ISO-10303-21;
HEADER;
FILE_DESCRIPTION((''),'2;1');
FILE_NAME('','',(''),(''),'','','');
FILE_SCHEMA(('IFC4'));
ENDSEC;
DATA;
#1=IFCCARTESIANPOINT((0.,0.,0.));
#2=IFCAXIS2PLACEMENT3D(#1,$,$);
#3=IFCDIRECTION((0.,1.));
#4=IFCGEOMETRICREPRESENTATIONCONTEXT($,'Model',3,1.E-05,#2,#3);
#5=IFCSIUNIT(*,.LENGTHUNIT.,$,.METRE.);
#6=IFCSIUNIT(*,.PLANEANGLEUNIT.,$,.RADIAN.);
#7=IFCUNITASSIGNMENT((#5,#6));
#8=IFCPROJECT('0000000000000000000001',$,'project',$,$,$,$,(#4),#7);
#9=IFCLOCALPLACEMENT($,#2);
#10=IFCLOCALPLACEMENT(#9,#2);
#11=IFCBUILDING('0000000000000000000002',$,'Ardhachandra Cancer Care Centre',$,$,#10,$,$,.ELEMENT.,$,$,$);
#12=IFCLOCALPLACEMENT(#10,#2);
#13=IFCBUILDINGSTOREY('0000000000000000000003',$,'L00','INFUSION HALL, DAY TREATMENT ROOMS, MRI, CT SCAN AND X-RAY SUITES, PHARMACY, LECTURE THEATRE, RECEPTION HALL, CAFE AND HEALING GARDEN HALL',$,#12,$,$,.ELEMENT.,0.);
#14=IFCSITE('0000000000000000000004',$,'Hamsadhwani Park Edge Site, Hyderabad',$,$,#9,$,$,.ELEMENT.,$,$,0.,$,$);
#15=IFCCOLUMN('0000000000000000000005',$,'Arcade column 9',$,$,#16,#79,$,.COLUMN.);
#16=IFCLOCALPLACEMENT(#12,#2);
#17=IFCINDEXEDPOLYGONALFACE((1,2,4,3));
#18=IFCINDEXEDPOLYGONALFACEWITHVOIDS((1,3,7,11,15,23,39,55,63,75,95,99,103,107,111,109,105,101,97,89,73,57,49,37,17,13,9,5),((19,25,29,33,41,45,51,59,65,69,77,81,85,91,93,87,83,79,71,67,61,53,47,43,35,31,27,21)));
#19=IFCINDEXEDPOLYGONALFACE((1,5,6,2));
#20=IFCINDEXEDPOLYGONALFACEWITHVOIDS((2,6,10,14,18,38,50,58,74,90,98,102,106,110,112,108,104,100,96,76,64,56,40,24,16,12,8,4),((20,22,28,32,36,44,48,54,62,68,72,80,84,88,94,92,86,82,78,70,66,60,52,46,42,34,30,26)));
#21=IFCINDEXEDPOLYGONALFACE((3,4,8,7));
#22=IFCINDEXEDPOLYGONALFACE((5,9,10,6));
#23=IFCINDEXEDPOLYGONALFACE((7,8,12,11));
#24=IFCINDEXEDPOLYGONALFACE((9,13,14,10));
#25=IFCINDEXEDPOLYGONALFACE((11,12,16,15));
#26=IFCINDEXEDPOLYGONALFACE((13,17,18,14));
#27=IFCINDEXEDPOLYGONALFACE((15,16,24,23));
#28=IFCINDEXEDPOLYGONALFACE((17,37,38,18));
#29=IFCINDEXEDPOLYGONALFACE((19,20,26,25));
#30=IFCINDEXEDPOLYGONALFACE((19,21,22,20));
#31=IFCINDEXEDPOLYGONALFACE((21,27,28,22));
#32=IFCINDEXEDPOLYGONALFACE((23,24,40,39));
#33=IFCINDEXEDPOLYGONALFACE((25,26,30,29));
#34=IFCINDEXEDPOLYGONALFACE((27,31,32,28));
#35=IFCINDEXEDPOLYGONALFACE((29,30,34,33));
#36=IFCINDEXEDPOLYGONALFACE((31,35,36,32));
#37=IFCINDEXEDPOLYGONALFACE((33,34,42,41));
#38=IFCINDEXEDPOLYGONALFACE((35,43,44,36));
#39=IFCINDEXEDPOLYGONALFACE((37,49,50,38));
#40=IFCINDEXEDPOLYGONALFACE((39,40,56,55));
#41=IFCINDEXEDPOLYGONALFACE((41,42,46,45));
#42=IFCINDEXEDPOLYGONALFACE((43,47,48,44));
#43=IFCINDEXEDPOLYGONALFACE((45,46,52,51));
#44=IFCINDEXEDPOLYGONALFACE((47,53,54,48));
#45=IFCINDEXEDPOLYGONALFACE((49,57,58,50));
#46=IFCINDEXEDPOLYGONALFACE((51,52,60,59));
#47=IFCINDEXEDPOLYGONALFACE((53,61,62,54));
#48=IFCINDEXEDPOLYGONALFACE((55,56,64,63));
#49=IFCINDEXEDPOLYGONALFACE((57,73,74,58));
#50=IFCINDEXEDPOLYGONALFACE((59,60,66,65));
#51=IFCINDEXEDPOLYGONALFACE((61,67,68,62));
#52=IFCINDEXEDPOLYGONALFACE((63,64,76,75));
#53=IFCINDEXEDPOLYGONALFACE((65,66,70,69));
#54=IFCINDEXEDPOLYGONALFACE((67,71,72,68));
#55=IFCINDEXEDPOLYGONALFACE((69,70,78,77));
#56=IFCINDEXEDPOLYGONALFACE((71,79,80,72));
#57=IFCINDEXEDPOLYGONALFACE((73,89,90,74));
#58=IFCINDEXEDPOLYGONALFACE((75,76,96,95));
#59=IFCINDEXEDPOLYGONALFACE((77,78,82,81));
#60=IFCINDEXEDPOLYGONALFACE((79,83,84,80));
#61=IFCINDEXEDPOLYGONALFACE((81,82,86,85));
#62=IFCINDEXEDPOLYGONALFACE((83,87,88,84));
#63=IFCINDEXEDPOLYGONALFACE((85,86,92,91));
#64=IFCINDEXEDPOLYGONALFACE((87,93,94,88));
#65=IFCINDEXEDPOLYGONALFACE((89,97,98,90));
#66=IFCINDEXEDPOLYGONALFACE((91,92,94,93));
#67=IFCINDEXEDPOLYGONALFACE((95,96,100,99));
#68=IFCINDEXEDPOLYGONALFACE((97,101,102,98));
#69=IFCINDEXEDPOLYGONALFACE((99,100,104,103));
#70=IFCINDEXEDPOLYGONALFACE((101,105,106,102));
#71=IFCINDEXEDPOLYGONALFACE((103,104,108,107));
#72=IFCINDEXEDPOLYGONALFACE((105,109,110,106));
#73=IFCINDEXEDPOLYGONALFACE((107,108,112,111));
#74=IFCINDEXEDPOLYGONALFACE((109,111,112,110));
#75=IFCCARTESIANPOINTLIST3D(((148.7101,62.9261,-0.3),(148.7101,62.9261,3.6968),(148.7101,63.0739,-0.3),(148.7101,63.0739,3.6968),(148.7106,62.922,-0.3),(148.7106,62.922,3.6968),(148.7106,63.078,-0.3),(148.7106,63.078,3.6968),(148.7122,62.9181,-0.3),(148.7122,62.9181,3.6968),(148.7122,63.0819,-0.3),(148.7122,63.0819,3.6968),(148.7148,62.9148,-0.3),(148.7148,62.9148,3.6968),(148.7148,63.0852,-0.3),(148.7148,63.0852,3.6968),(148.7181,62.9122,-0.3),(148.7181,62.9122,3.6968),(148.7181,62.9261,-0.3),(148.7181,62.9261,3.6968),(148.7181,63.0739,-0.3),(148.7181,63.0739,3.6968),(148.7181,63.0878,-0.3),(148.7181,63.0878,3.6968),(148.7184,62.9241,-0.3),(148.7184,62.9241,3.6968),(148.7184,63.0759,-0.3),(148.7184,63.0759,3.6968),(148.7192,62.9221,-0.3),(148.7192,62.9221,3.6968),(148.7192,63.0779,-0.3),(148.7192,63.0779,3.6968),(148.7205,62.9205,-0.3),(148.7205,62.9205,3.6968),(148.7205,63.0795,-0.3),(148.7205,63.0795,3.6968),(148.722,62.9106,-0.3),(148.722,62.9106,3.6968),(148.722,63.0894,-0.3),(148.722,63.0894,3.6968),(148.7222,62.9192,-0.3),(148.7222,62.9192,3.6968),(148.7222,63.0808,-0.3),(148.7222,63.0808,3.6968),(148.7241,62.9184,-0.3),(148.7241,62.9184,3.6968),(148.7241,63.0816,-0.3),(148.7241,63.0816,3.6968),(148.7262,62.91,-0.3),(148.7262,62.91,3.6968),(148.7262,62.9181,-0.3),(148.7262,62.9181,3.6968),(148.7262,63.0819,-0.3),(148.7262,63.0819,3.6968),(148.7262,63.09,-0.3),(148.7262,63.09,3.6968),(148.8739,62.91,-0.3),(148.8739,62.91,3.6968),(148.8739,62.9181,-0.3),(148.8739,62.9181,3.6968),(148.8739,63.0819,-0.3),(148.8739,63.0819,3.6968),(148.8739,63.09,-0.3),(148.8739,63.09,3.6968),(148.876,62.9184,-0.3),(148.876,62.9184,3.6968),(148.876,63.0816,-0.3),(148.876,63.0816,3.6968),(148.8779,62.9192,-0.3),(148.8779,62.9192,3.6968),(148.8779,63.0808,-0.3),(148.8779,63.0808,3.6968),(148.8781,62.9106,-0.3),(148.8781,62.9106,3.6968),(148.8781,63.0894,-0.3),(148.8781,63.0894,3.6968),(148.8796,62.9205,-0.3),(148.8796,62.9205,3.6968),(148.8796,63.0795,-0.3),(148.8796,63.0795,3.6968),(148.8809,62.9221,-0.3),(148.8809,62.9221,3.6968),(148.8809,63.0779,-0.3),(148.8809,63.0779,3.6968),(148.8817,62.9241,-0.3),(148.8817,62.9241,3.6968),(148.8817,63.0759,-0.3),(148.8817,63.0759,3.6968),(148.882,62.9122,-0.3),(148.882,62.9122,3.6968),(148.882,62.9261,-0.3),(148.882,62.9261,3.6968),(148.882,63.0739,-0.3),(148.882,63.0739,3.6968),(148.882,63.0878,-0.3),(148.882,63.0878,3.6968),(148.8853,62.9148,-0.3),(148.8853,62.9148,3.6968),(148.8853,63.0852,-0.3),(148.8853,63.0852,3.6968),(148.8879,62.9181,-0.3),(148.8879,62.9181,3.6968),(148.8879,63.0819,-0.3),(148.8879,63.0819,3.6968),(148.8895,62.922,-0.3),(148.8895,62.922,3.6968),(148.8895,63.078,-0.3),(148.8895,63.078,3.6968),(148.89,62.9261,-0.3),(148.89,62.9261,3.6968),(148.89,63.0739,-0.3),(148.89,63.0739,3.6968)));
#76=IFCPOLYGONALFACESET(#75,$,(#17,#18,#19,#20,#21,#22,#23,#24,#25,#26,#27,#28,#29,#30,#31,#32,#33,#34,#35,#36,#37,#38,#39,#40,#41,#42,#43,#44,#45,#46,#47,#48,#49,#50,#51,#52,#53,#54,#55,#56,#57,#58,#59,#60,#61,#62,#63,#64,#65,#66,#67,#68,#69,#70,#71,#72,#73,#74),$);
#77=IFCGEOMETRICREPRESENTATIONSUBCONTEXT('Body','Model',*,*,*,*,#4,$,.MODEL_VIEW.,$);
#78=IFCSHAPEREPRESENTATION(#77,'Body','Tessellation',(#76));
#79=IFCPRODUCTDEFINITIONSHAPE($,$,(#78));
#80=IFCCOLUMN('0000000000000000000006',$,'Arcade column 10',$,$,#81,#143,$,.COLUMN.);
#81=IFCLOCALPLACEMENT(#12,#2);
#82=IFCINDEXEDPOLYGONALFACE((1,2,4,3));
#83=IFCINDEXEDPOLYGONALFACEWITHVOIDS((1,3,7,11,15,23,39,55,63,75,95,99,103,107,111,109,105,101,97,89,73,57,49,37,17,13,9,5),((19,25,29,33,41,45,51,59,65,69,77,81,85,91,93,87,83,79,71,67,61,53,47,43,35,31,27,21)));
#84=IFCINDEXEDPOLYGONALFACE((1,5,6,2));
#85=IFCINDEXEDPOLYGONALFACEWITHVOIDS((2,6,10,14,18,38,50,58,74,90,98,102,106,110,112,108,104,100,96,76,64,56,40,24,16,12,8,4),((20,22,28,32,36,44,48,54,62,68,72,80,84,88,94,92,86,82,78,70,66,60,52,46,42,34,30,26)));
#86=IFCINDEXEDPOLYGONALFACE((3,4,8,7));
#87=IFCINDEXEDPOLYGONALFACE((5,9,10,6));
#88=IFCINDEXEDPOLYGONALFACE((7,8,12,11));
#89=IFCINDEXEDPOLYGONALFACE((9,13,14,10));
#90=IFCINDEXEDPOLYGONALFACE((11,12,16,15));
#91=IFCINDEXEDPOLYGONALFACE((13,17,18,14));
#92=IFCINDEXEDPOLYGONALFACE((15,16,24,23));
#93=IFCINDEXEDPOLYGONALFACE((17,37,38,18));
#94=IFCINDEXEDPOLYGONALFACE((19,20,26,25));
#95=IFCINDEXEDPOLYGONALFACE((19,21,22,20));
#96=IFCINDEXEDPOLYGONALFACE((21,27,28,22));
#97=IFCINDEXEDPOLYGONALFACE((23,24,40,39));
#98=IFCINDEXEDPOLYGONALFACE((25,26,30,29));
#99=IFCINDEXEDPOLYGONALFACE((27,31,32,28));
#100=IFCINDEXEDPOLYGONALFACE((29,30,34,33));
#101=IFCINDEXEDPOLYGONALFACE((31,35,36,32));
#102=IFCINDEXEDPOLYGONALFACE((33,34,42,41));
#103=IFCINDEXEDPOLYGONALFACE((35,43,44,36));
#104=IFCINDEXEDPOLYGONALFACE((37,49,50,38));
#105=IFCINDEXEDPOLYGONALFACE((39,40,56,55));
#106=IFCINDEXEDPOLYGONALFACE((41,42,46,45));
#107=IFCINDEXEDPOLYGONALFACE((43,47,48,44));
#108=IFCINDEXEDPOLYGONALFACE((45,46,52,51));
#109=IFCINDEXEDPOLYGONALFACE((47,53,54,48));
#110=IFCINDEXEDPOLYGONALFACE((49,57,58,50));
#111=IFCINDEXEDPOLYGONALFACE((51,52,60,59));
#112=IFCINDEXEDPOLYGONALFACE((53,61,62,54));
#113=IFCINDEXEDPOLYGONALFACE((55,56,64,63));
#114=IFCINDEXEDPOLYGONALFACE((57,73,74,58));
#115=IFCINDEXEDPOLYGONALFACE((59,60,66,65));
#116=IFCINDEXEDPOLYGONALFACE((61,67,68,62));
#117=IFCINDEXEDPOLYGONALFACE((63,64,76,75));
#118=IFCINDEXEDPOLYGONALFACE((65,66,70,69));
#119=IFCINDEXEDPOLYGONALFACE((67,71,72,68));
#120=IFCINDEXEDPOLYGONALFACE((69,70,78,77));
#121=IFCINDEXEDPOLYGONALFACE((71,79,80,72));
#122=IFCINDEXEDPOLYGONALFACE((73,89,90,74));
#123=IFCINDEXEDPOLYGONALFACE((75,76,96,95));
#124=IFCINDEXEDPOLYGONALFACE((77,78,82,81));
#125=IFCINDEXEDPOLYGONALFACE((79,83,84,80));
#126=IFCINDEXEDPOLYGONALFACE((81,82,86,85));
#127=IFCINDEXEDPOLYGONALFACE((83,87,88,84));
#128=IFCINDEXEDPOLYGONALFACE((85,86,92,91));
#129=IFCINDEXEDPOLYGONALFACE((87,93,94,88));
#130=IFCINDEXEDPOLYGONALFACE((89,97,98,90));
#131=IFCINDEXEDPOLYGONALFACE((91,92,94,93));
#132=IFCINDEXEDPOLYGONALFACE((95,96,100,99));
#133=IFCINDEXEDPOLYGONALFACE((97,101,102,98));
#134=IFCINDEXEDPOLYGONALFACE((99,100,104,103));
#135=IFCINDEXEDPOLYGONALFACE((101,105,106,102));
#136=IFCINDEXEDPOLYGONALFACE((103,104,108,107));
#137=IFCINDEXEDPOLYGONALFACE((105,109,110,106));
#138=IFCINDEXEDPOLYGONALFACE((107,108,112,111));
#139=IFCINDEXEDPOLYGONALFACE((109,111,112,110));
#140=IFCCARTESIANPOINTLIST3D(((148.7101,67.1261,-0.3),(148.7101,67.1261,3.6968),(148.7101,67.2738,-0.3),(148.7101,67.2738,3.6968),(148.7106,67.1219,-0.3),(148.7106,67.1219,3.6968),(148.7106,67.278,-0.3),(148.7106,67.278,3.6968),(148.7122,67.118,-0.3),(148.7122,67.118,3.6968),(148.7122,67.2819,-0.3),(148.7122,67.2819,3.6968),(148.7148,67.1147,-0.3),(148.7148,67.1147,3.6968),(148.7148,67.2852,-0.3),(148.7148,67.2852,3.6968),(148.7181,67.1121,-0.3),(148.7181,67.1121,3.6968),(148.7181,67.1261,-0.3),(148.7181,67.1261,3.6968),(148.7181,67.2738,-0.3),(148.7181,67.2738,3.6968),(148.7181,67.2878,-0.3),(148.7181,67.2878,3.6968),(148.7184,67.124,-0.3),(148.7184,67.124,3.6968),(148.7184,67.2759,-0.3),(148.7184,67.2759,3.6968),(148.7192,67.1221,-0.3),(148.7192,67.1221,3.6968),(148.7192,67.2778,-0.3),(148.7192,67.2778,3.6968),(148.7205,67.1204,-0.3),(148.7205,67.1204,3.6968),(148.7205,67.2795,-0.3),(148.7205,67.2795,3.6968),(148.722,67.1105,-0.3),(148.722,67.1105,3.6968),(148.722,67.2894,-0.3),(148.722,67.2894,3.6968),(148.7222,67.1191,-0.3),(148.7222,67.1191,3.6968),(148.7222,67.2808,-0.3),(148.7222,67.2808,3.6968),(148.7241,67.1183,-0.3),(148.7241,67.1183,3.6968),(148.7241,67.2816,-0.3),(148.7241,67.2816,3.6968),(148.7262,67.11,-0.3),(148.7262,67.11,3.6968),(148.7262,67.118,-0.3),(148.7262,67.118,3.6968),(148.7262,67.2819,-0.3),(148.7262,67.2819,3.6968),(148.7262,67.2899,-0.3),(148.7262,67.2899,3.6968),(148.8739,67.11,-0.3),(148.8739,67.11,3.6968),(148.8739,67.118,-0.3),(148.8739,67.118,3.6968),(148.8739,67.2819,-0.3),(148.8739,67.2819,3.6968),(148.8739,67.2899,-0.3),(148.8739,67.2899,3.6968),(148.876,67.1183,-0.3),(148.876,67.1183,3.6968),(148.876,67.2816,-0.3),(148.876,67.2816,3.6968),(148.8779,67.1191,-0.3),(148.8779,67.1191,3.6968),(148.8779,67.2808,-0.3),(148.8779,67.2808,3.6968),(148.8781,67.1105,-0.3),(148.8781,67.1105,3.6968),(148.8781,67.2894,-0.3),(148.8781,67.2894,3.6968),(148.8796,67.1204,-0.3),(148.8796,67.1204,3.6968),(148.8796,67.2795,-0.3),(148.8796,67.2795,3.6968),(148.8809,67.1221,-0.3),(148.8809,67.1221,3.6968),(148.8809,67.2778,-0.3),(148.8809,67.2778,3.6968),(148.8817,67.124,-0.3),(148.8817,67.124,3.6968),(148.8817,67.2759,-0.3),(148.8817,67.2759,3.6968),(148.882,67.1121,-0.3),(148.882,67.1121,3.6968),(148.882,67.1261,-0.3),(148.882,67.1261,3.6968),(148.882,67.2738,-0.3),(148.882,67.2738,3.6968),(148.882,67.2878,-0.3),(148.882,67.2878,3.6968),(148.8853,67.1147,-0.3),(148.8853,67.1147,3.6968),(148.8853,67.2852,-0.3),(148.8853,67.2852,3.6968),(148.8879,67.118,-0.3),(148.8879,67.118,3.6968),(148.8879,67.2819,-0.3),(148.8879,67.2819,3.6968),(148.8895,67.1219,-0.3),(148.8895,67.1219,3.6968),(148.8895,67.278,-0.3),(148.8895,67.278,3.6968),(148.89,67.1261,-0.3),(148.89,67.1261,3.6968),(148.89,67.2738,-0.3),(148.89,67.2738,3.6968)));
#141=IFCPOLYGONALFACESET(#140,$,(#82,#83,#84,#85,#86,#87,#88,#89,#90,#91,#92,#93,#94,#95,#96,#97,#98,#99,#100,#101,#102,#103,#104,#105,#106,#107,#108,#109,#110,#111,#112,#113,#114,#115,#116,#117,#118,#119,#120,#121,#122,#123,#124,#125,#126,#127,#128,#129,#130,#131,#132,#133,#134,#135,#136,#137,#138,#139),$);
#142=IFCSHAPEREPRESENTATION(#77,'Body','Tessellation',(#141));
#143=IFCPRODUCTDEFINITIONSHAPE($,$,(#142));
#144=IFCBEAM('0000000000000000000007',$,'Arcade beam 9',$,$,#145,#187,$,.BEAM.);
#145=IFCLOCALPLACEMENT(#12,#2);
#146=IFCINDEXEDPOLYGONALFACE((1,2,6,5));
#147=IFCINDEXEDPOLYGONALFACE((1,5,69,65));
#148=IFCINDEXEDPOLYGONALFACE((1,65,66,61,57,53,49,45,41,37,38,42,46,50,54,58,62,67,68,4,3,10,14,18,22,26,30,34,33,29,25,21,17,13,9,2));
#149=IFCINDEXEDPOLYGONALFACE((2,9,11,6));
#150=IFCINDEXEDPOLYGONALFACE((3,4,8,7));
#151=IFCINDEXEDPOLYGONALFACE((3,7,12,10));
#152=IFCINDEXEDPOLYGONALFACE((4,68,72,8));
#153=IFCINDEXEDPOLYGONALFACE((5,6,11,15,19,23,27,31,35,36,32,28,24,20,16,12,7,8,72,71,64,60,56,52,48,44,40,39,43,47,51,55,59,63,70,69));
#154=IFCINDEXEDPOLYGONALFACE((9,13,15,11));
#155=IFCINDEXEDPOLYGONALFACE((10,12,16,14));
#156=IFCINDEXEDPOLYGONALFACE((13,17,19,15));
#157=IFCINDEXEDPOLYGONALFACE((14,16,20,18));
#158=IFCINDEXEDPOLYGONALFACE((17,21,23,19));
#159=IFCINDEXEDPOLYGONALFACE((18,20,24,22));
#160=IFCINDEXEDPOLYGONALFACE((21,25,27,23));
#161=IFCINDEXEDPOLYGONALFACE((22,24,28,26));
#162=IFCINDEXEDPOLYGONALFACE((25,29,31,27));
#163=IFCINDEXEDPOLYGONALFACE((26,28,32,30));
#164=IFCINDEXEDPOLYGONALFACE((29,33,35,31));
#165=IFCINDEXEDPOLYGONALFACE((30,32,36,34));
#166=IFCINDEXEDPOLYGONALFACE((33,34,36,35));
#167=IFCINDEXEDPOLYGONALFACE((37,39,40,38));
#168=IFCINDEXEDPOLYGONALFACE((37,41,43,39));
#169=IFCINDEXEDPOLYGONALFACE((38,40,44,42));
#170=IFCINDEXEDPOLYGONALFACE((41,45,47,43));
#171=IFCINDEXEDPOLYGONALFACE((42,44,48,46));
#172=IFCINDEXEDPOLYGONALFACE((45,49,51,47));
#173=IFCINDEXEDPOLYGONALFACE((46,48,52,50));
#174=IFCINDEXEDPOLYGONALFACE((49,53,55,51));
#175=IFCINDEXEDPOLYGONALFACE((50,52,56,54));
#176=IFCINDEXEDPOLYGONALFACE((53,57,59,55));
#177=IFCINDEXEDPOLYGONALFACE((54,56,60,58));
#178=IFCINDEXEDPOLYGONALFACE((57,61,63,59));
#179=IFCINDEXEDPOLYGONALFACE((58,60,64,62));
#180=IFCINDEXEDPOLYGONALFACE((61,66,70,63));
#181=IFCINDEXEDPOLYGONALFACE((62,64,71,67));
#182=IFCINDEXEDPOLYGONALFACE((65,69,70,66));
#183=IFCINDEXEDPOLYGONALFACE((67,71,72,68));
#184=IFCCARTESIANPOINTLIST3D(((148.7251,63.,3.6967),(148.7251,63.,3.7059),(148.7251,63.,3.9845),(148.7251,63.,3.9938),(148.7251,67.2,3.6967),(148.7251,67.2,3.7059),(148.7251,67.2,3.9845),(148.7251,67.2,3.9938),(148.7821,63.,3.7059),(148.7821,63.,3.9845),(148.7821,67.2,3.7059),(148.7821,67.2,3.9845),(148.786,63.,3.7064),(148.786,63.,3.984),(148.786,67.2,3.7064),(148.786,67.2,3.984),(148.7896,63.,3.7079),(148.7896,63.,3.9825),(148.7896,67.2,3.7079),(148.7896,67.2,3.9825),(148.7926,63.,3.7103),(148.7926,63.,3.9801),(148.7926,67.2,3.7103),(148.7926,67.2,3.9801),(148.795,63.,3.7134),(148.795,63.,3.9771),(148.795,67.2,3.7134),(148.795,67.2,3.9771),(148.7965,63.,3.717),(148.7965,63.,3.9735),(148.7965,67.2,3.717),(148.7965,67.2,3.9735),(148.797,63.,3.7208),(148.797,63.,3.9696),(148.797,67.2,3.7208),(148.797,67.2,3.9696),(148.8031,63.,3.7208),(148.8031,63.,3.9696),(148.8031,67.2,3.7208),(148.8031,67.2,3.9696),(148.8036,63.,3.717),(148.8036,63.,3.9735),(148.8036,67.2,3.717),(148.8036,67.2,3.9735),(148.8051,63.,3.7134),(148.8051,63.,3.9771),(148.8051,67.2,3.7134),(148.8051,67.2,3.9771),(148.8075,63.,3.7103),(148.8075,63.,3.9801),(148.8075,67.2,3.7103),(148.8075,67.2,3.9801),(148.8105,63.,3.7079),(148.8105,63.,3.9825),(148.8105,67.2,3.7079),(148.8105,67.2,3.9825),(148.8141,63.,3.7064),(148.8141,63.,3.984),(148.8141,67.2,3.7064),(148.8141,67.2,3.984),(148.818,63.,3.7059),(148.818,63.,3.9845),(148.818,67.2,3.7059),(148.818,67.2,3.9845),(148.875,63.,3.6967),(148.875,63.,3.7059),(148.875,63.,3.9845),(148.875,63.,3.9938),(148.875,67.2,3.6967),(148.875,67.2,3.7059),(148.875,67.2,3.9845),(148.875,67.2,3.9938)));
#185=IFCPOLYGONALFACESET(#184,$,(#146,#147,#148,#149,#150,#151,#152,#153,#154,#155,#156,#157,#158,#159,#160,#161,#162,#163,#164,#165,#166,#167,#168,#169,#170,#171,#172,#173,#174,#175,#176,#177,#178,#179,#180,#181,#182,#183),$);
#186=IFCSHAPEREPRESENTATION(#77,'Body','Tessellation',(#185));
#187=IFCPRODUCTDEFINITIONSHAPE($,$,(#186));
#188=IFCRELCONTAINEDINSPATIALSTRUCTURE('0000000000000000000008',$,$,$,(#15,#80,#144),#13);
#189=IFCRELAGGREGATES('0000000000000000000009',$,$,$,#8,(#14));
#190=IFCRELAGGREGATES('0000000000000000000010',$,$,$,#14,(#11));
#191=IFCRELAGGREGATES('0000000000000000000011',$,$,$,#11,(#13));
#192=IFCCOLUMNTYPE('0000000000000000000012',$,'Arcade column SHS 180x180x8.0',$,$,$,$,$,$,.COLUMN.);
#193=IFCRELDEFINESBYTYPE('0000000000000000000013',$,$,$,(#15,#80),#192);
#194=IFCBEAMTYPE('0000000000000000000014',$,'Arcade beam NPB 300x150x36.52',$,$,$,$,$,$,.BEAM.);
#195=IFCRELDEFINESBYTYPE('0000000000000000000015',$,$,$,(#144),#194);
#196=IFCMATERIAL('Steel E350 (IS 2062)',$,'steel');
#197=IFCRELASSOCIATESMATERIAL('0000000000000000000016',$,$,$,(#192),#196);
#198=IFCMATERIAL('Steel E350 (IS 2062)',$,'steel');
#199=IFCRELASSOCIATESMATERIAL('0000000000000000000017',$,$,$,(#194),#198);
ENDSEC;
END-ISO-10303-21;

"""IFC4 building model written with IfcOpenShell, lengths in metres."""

from ifc_helpers import new_model, si_unit, direction, frame, origin, origin_2d, place, context, subcontext, project, spatial, hollow_rectangle, i_section, extrude, material, material_profile, profile_set, type_object, element, save


model = new_model("IFC4")

# Units and contexts
model_context = context("Model", 3, precision=1e-05, world=origin(), true_north=direction((0.0, 1.0)))
body_context = subcontext(model_context, "Body", "Model", "MODEL_VIEW")
ifc_project = project(units=[si_unit("LENGTHUNIT", "METRE"), si_unit("PLANEANGLEUNIT", "RADIAN")], contexts=[model_context])

# Site, building, storey
site_placement = place(None, origin())
site = spatial("IfcSite", under=ifc_project, at=site_placement, Name="Hamsadhwani Park Edge Site, Hyderabad", CompositionType="ELEMENT", RefElevation=0.0)
building_placement = place(site_placement, origin())
building = spatial("IfcBuilding", under=site, at=building_placement, Name="Ardhachandra Cancer Care Centre", CompositionType="ELEMENT")
storey_placement = place(building_placement, origin())
storey = spatial("IfcBuildingStorey", under=building, at=storey_placement, Name="L00", Description="INFUSION HALL, DAY TREATMENT ROOMS, MRI, CT SCAN AND X-RAY SUITES, PHARMACY, LECTURE THEATRE, RECEPTION HALL, CAFE AND HEALING GARDEN HALL", CompositionType="ELEMENT", Elevation=0.0)

# Columns
ifc_material_1 = material(Name="Steel E350 (IS 2062)", Category="steel")
ifc_material_profile_1 = material_profile(ifc_material_1, hollow_rectangle(XDim=0.1799, YDim=0.1799, WallThickness=0.0081, InnerFilletRadius=0.0081, OuterFilletRadius=0.0161, at=origin_2d()), Name="SHS 180x180x8.0")
ifc_profile_set_1 = profile_set([ifc_material_profile_1], Name="Steel E350 (IS 2062)")
column_type = type_object("IfcColumnType", Name="Arcade column SHS 180x180x8.0", PredefinedType="COLUMN", material=ifc_profile_set_1)
for number, where, z_axis, x_axis, name in (
    (1, (148.8, 63.0, -0.3), (0.0, 0.0, 1.0), (1.0, 0.0, 0.0), "Arcade column 9"),
    (2, (148.8, 67.2, -0.3), (0.0, 0.0, 1.0), (1.0, 0.0, 0.0), "Arcade column 10"),
):
    element("IfcColumn", number, at=place(storey_placement, frame(where, z_axis=z_axis, x_axis=x_axis)), inside=storey, type_object=column_type, Name=name, PredefinedType="COLUMN", context=body_context, shape_type="SweptSolid", body=[
        extrude(hollow_rectangle(XDim=0.1799, YDim=0.1799, WallThickness=0.0081, InnerFilletRadius=0.0081, OuterFilletRadius=0.0161, at=origin_2d()), origin(), (0.0, 0.0, 1.0), 3.9968),
    ])

# Beam
ifc_material_2 = material(Name="Steel E350 (IS 2062)", Category="steel")
ifc_material_profile_2 = material_profile(ifc_material_2, i_section(OverallWidth=0.1499, OverallDepth=0.2971, WebThickness=0.0061, FlangeThickness=0.0093, FilletRadius=0.0149, at=origin_2d()), Name="NPB 300x150x36.52")
ifc_profile_set_2 = profile_set([ifc_material_profile_2], Name="Steel E350 (IS 2062)")
beam_type_1 = type_object("IfcBeamType", Name="Arcade beam NPB 300x150x36.52", PredefinedType="BEAM", material=ifc_profile_set_2)
for number, where, z_axis, x_axis, name in (
    (3, (148.8, 63.0, 3.8452), (0.0, 1.0, 0.0), (-1.0, 0.0, 0.0), "Arcade beam 9"),
):
    element("IfcBeam", number, at=place(storey_placement, frame(where, z_axis=z_axis, x_axis=x_axis)), inside=storey, type_object=beam_type_1, Name=name, PredefinedType="BEAM", context=body_context, shape_type="SweptSolid", body=[
        extrude(i_section(OverallWidth=0.1499, OverallDepth=0.2971, WebThickness=0.0061, FlangeThickness=0.0093, FilletRadius=0.0149, at=origin_2d()), origin(), (0.0, 0.0, 1.0), 4.2),
    ])

save(model, "model.ifc")
